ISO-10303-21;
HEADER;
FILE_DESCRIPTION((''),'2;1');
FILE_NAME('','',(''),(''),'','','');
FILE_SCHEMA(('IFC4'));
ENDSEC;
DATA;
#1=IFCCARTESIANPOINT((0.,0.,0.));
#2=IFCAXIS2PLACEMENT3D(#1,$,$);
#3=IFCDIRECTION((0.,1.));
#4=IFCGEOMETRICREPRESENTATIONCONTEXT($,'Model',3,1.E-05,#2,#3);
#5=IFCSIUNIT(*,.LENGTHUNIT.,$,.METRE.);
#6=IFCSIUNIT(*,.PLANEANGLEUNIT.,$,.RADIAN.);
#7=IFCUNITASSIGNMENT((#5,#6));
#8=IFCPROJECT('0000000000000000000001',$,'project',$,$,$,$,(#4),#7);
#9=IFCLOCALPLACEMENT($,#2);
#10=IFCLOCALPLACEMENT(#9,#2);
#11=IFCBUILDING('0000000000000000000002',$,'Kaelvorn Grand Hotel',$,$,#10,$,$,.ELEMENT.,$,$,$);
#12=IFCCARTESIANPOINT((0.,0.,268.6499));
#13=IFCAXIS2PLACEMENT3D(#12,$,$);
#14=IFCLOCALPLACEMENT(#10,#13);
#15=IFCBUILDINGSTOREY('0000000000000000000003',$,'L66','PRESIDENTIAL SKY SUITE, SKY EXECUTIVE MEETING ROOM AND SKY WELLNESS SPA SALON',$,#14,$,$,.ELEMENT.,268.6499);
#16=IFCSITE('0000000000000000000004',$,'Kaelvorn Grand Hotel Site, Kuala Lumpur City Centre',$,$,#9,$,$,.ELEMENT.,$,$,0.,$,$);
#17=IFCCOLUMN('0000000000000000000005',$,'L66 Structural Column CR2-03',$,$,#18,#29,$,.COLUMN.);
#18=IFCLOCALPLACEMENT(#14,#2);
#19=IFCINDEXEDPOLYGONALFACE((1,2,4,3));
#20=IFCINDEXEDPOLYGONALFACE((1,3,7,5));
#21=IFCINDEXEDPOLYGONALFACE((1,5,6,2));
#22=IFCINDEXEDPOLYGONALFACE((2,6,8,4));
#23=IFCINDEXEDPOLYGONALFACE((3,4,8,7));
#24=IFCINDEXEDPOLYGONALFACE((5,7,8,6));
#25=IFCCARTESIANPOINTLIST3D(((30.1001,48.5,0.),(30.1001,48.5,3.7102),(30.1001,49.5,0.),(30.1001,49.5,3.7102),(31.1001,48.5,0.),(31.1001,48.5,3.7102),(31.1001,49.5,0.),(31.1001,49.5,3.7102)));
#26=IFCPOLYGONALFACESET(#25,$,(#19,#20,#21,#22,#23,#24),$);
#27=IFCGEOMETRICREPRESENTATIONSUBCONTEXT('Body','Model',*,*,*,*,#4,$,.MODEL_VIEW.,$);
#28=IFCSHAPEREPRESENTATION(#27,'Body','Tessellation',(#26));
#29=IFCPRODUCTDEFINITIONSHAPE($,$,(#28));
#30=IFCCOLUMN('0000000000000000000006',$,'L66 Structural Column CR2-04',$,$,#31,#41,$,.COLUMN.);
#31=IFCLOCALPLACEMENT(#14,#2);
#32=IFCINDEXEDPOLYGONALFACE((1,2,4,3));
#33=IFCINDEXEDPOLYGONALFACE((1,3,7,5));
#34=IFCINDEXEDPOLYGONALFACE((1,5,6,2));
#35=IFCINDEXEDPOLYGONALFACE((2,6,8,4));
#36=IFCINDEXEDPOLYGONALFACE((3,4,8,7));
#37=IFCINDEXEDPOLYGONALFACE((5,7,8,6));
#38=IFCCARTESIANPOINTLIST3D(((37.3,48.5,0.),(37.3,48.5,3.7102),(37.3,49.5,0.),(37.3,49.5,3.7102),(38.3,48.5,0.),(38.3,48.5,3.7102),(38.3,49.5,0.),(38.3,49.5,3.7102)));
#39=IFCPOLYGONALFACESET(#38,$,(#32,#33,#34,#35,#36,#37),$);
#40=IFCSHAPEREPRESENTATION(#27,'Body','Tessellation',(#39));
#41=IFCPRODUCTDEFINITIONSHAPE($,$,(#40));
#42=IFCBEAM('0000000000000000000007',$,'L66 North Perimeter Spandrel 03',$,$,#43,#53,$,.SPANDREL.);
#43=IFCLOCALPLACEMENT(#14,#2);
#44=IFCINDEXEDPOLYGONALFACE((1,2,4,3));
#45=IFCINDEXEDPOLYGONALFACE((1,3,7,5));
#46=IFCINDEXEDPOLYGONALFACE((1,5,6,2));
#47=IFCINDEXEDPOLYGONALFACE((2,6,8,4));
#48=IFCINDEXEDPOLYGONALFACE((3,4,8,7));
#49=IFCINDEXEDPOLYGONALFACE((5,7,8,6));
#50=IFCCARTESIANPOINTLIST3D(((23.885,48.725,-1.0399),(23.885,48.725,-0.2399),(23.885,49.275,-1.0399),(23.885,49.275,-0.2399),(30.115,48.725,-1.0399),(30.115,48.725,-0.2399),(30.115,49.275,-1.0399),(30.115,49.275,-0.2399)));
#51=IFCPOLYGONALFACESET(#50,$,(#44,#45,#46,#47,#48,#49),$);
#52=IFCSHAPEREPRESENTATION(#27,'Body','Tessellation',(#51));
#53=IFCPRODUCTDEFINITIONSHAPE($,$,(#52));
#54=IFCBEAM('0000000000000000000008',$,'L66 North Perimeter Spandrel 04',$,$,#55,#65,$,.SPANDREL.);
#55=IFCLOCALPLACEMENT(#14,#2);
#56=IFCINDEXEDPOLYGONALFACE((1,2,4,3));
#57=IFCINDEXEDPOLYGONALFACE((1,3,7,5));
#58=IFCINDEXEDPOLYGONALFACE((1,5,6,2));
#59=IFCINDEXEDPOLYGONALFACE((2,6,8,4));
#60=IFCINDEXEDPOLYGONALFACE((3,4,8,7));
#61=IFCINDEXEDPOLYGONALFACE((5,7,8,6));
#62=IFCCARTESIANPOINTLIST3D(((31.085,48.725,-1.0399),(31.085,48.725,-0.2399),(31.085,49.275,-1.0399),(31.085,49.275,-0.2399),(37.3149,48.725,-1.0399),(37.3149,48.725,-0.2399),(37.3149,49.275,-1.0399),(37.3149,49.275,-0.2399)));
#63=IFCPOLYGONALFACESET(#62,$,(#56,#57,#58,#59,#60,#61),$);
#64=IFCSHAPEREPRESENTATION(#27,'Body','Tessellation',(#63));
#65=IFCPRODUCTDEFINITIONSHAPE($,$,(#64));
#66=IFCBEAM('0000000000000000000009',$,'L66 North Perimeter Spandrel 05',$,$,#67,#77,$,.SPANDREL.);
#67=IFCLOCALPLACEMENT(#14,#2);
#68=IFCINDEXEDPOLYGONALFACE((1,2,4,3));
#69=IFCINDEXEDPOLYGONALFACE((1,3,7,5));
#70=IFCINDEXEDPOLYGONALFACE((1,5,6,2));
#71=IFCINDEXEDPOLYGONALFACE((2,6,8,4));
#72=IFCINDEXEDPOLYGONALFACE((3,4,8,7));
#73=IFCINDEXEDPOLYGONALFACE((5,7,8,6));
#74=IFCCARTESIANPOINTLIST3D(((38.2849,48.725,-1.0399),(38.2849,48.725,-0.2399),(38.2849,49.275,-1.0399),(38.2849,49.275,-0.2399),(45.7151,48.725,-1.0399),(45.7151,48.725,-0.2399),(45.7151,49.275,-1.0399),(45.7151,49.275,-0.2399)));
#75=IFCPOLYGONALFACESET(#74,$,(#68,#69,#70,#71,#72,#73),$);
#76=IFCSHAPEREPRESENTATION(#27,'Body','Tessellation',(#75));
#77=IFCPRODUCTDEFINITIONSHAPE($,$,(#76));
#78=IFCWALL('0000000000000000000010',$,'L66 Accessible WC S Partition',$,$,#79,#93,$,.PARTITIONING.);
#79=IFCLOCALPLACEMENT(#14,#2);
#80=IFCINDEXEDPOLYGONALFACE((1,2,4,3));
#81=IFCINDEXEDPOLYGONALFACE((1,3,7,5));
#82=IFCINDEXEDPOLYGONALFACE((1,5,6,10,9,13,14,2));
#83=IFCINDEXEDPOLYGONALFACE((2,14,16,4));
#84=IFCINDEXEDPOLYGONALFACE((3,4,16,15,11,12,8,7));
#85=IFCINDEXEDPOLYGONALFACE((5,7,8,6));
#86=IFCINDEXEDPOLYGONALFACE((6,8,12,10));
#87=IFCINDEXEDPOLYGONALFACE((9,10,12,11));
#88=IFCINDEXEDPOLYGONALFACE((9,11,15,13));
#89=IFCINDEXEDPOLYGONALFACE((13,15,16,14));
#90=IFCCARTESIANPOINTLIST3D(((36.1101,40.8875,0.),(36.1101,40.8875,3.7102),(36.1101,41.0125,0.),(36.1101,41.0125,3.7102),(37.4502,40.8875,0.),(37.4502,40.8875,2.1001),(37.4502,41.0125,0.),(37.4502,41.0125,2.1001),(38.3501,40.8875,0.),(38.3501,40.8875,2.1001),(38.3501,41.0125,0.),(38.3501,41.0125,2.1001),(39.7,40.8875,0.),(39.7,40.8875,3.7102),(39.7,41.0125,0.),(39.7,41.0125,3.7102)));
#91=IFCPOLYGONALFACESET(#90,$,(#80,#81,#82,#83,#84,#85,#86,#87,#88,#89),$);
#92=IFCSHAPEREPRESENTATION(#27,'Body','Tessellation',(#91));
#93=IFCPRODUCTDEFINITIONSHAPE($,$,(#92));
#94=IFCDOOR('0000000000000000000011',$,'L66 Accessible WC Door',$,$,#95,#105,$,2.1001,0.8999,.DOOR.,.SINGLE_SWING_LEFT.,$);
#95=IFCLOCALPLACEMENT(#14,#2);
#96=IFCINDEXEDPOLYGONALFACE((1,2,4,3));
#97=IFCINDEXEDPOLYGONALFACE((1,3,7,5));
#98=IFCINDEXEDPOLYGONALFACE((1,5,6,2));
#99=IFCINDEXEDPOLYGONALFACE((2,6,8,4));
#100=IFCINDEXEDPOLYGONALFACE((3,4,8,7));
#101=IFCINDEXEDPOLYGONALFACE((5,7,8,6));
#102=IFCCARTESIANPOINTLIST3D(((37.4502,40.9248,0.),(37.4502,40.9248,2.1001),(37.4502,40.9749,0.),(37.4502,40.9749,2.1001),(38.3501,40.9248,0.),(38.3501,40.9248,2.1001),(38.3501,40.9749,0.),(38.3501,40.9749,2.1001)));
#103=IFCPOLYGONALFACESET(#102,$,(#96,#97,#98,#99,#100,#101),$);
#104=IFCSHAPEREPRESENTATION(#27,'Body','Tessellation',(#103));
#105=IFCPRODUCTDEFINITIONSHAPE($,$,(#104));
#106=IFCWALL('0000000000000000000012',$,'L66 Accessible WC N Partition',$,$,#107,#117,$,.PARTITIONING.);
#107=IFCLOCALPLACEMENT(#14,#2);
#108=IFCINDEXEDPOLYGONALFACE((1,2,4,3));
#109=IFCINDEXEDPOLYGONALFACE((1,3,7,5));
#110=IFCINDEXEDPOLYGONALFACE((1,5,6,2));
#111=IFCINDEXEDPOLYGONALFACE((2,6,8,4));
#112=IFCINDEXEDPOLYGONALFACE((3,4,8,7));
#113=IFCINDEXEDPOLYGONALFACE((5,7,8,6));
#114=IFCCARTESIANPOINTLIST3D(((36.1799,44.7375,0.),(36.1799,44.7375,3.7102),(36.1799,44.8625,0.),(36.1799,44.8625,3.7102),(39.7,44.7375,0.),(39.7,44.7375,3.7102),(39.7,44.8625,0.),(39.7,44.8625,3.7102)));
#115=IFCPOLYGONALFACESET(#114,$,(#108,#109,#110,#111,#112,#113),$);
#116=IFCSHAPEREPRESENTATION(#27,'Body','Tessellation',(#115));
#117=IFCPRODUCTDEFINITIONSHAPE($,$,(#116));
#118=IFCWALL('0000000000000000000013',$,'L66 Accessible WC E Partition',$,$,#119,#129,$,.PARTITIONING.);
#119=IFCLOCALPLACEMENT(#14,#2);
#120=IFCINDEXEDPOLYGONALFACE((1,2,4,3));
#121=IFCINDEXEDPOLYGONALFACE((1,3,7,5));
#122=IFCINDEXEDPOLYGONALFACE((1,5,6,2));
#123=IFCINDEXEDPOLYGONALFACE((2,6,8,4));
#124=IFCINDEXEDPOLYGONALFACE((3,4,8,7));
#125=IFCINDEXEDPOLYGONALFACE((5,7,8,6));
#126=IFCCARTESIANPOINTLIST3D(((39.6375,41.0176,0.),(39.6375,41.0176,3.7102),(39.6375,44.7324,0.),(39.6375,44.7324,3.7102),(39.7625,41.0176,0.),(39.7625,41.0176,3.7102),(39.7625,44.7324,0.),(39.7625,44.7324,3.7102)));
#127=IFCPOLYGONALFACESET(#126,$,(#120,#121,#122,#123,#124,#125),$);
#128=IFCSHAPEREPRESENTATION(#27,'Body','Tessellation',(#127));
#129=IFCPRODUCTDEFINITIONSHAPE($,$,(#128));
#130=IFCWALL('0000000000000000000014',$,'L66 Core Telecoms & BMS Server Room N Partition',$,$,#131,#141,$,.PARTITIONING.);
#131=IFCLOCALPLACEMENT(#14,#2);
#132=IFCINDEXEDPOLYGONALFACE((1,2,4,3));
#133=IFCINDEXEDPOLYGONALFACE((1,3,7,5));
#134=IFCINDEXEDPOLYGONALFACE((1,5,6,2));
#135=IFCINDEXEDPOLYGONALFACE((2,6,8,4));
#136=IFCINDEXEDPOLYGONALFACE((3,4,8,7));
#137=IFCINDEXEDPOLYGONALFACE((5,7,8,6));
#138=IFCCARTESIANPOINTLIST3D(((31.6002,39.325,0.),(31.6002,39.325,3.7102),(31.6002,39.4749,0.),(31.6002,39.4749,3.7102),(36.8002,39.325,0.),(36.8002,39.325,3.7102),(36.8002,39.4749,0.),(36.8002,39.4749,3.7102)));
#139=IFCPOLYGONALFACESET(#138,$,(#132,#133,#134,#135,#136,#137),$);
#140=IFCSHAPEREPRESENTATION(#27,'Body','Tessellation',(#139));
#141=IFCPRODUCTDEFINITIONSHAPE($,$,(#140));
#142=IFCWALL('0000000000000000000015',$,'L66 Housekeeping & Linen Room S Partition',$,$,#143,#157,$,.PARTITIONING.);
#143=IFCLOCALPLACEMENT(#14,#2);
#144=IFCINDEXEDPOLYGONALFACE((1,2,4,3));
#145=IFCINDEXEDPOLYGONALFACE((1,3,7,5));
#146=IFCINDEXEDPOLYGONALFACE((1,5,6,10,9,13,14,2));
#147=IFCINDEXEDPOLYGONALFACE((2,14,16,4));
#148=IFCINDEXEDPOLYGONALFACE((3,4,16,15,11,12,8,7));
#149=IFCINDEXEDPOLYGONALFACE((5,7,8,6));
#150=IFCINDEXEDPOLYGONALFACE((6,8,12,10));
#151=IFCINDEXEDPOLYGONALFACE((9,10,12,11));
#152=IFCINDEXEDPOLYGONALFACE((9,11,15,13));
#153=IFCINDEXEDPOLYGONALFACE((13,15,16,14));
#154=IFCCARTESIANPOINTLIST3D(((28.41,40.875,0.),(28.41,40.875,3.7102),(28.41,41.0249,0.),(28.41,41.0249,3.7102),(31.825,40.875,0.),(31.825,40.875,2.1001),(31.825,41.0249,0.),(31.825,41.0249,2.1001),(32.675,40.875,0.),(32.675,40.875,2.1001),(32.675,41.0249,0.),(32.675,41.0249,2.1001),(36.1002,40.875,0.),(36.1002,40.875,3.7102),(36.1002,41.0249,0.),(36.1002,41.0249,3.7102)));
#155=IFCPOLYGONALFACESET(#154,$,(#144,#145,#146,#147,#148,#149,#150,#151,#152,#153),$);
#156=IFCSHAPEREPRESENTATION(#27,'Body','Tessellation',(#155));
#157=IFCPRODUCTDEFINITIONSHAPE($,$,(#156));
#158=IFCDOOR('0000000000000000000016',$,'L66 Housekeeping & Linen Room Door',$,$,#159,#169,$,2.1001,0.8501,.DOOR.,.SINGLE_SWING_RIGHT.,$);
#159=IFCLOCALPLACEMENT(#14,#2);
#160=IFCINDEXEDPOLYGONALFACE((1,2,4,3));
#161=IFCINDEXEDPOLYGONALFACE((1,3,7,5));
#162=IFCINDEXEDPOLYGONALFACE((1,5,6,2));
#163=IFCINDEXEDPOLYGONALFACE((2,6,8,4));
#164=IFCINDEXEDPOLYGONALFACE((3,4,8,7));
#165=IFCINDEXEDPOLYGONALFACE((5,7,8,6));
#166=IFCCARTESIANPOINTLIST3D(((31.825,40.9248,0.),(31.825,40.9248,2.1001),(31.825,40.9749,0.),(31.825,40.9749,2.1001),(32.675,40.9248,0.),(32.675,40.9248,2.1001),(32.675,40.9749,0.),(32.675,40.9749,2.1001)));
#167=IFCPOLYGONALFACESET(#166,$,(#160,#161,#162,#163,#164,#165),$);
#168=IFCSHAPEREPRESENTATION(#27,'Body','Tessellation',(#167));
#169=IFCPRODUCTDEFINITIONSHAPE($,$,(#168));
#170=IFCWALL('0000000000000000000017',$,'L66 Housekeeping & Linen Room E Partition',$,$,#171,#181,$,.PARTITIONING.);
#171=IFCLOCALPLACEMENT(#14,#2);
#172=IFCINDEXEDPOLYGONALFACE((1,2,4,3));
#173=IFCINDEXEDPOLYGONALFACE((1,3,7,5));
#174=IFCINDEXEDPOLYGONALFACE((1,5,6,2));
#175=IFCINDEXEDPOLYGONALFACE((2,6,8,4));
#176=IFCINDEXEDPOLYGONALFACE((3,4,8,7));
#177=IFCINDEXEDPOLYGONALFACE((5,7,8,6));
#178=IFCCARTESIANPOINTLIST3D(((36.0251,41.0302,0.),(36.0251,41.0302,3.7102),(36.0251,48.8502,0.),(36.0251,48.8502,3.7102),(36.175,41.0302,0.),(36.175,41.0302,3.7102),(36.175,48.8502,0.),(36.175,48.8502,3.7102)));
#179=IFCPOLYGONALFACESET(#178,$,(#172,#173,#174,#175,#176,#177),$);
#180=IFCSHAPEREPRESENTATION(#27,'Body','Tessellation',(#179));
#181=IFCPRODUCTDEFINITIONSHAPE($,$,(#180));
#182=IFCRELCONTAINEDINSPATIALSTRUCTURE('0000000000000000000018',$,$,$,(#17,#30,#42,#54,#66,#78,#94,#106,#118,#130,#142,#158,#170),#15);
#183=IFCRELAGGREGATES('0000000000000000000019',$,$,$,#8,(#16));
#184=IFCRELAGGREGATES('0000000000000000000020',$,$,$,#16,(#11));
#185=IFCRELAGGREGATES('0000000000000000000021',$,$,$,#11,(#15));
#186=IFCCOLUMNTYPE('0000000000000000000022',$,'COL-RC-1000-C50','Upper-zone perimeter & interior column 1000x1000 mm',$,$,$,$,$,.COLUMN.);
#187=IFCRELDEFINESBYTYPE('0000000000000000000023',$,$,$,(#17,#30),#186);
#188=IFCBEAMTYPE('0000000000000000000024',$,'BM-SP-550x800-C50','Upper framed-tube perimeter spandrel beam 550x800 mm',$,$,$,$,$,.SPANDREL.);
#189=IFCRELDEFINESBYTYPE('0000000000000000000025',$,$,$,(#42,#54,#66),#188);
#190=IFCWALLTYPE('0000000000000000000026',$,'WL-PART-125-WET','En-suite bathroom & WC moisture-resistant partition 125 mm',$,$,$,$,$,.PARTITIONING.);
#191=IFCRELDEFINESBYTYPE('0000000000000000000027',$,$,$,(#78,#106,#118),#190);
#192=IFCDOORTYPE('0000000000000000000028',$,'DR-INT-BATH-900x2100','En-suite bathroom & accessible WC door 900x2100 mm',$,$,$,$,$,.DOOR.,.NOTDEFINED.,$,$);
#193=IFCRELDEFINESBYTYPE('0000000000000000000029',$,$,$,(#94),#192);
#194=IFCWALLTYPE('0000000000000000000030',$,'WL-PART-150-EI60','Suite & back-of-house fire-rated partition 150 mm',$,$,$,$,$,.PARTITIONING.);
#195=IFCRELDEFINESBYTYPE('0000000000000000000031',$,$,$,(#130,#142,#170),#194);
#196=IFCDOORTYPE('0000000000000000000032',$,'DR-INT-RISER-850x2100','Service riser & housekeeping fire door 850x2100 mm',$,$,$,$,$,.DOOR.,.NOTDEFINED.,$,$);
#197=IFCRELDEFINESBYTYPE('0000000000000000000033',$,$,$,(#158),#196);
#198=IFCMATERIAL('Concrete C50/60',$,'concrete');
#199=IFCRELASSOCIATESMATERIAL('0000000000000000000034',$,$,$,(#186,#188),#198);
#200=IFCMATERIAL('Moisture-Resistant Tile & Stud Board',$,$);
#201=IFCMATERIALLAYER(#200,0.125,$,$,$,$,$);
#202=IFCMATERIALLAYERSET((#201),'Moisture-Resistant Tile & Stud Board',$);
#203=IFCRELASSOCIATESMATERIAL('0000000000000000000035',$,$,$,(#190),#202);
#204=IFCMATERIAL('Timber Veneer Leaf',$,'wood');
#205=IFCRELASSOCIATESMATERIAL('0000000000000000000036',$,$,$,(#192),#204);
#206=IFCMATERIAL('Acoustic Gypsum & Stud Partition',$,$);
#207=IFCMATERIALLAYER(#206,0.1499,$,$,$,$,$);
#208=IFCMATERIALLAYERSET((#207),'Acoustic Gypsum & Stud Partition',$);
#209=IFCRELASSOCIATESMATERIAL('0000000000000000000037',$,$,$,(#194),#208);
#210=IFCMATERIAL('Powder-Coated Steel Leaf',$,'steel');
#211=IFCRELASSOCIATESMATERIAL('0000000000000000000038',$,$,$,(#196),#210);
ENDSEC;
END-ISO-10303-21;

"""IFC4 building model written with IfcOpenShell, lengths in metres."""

from ifc_helpers import new_model, si_unit, direction, frame, frame_2d, origin, origin_2d, place, context, subcontext, project, spatial, rectangle, extrude, material, layer, layer_set, material_profile, profile_set, type_object, element, fill, save


model = new_model("IFC4")

# Units and contexts
model_context = context("Model", 3, precision=1e-05, world=origin(), true_north=direction((0.0, 1.0)))
body_context = subcontext(model_context, "Body", "Model", "MODEL_VIEW")
ifc_project = project(units=[si_unit("LENGTHUNIT", "METRE"), si_unit("PLANEANGLEUNIT", "RADIAN")], contexts=[model_context])

# Site, building, storey
site_placement = place(None, origin())
site = spatial("IfcSite", under=ifc_project, at=site_placement, Name="Kaelvorn Grand Hotel Site, Kuala Lumpur City Centre", CompositionType="ELEMENT", RefElevation=0.0)
building_placement = place(site_placement, origin())
building = spatial("IfcBuilding", under=site, at=building_placement, Name="Kaelvorn Grand Hotel", CompositionType="ELEMENT")
storey_placement = place(building_placement, frame((0.0, 0.0, 268.6499)))
storey = spatial("IfcBuildingStorey", under=building, at=storey_placement, Name="L66", Description="PRESIDENTIAL SKY SUITE, SKY EXECUTIVE MEETING ROOM AND SKY WELLNESS SPA SALON", CompositionType="ELEMENT", Elevation=268.6499)

# Columns
ifc_material_1 = material(Name="Concrete C50/60", Category="concrete")
ifc_material_profile_1 = material_profile(ifc_material_1, rectangle(XDim=1.0, YDim=1.0, at=origin_2d()), Name="RC COL 1000x1000")
ifc_profile_set_1 = profile_set([ifc_material_profile_1], Name="Concrete C50/60")
column_type = type_object("IfcColumnType", Name="COL-RC-1000-C50", Description="Upper-zone perimeter & interior column 1000x1000 mm", PredefinedType="COLUMN", material=ifc_profile_set_1)
for number, where, z_axis, x_axis, name in (
    (1, (30.6001, 49.0, 0.0), (0.0, 0.0, 1.0), (1.0, 0.0, 0.0), "L66 Structural Column CR2-03"),
    (2, (37.8, 49.0, 0.0), (0.0, 0.0, 1.0), (1.0, 0.0, 0.0), "L66 Structural Column CR2-04"),
):
    element("IfcColumn", number, at=place(storey_placement, frame(where, z_axis=z_axis, x_axis=x_axis)), inside=storey, type_object=column_type, Name=name, PredefinedType="COLUMN", context=body_context, shape_type="SweptSolid", body=[
        extrude(rectangle(XDim=1.0, YDim=1.0, at=origin_2d()), origin(), (0.0, 0.0, 1.0), 3.7102),
    ])

# Beams
ifc_material_profile_2 = material_profile(ifc_material_1, rectangle(XDim=0.55, YDim=0.8, at=origin_2d()), Name="RC SPANDREL 550x800")
ifc_profile_set_2 = profile_set([ifc_material_profile_2], Name="Concrete C50/60")
beam_type = type_object("IfcBeamType", Name="BM-SP-550x800-C50", Description="Upper framed-tube perimeter spandrel beam 550x800 mm", PredefinedType="SPANDREL", material=ifc_profile_set_2)
for number, where, z_axis, x_axis, name in (
    (3, (23.885, 49.0, -0.6399), (1.0, 0.0, 0.0), (0.0, 1.0, 0.0), "L66 North Perimeter Spandrel 03"),
    (4, (31.085, 49.0, -0.6399), (1.0, 0.0, 0.0), (0.0, 1.0, 0.0), "L66 North Perimeter Spandrel 04"),
):
    element("IfcBeam", number, at=place(storey_placement, frame(where, z_axis=z_axis, x_axis=x_axis)), inside=storey, type_object=beam_type, Name=name, PredefinedType="SPANDREL", context=body_context, shape_type="SweptSolid", body=[
        extrude(rectangle(XDim=0.55, YDim=0.8, at=origin_2d()), origin(), (0.0, 0.0, 1.0), 6.23),
    ])
beam_placement = place(storey_placement, frame((38.2849, 49.0, -0.6399), z_axis=(1.0, 0.0, 0.0), x_axis=(0.0, 1.0, 0.0)))
element("IfcBeam", 5, at=beam_placement, inside=storey, type_object=beam_type, Name="L66 North Perimeter Spandrel 05", PredefinedType="SPANDREL", context=body_context, shape_type="SweptSolid", body=[
    extrude(rectangle(XDim=0.55, YDim=0.8, at=origin_2d()), origin(), (0.0, 0.0, 1.0), 7.4302),
])

# Wall, opening, door
ifc_material_2 = material(Name="Moisture-Resistant Tile & Stud Board")
ifc_layer_1 = layer(ifc_material_2, 0.125)
ifc_layer_set_1 = layer_set([ifc_layer_1], Name="Moisture-Resistant Tile & Stud Board")
wall_type_1 = type_object("IfcWallType", Name="WL-PART-125-WET", Description="En-suite bathroom & WC moisture-resistant partition 125 mm", PredefinedType="PARTITIONING", material=ifc_layer_set_1)
wall_1_placement = place(storey_placement, frame((36.1101, 40.95, 0.0), z_axis=(0.0, 0.0, 1.0), x_axis=(1.0, 0.0, 0.0)))
wall_1 = element("IfcWall", 6, at=wall_1_placement, inside=storey, type_object=wall_type_1, Name="L66 Accessible WC S Partition", PredefinedType="PARTITIONING", context=body_context, shape_type="SweptSolid", body=[
    extrude(rectangle(XDim=3.5898, YDim=0.125, at=frame_2d((1.7949, 0.0))), origin(), (0.0, 0.0, 1.0), 3.7102),
])
opening_1_placement = place(wall_1_placement, frame((1.3401, 0.0, 0.0)))
opening_1 = element("IfcOpeningElement", 7, at=opening_1_placement, cuts=wall_1, PredefinedType="OPENING", context=body_context, shape_type="SweptSolid", body=[
    extrude(rectangle(XDim=0.8999, YDim=2.1001, at=frame_2d((0.45, 1.05))), frame((0.0, 0.0725, 0.0), z_axis=(0.0, -1.0, 0.0), x_axis=(1.0, 0.0, 0.0)), (0.0, 0.0, 1.0), 0.145),
])
ifc_material_3 = material(Name="Timber Veneer Leaf", Category="wood")
door_type_1 = type_object("IfcDoorType", Name="DR-INT-BATH-900x2100", Description="En-suite bathroom & accessible WC door 900x2100 mm", OperationType="NOTDEFINED", PredefinedType="DOOR", material=ifc_material_3)
door_1_placement = place(opening_1_placement, origin())
door_1 = element("IfcDoor", 8, at=door_1_placement, inside=storey, type_object=door_type_1, Name="L66 Accessible WC Door", OperationType="SINGLE_SWING_LEFT", OverallHeight=2.1001, OverallWidth=0.8999, PredefinedType="DOOR", context=body_context, shape_type="SweptSolid", body=[
    extrude(rectangle(XDim=0.8999, YDim=2.1001, at=frame_2d((0.45, 1.05))), frame((0.0, 0.0249, 0.0), z_axis=(0.0, -1.0, 0.0), x_axis=(1.0, 0.0, 0.0)), (0.0, 0.0, 1.0), 0.05),
])
fill(opening_1, door_1)

# Walls
wall_2_placement = place(storey_placement, frame((36.1799, 44.8, 0.0), z_axis=(0.0, 0.0, 1.0), x_axis=(1.0, 0.0, 0.0)))
element("IfcWall", 9, at=wall_2_placement, inside=storey, type_object=wall_type_1, Name="L66 Accessible WC N Partition", PredefinedType="PARTITIONING", context=body_context, shape_type="SweptSolid", body=[
    extrude(rectangle(XDim=3.52, YDim=0.125, at=frame_2d((1.76, 0.0))), origin(), (0.0, 0.0, 1.0), 3.7102),
])
wall_3_placement = place(storey_placement, frame((39.7, 41.0176, 0.0), z_axis=(0.0, 0.0, 1.0), x_axis=(0.0, 1.0, 0.0)))
element("IfcWall", 10, at=wall_3_placement, inside=storey, type_object=wall_type_1, Name="L66 Accessible WC E Partition", PredefinedType="PARTITIONING", context=body_context, shape_type="SweptSolid", body=[
    extrude(rectangle(XDim=3.7148, YDim=0.125, at=frame_2d((1.8574, 0.0))), origin(), (0.0, 0.0, 1.0), 3.7102),
])
ifc_material_4 = material(Name="Acoustic Gypsum & Stud Partition")
ifc_layer_2 = layer(ifc_material_4, 0.1499)
ifc_layer_set_2 = layer_set([ifc_layer_2], Name="Acoustic Gypsum & Stud Partition")
wall_type_2 = type_object("IfcWallType", Name="WL-PART-150-EI60", Description="Suite & back-of-house fire-rated partition 150 mm", PredefinedType="PARTITIONING", material=ifc_layer_set_2)
wall_4_placement = place(storey_placement, frame((31.6001, 39.3999, 0.0), z_axis=(0.0, 0.0, 1.0), x_axis=(1.0, 0.0, 0.0)))
element("IfcWall", 11, at=wall_4_placement, inside=storey, type_object=wall_type_2, Name="L66 Core Telecoms & BMS Server Room N Partition", PredefinedType="PARTITIONING", context=body_context, shape_type="SweptSolid", body=[
    extrude(rectangle(XDim=5.2, YDim=0.1499, at=frame_2d((2.6001, 0.0))), origin(), (0.0, 0.0, 1.0), 3.7102),
])

# Wall, opening, door
wall_5_placement = place(storey_placement, frame((28.4099, 40.95, 0.0), z_axis=(0.0, 0.0, 1.0), x_axis=(1.0, 0.0, 0.0)))
wall_5 = element("IfcWall", 12, at=wall_5_placement, inside=storey, type_object=wall_type_2, Name="L66 Housekeeping & Linen Room S Partition", PredefinedType="PARTITIONING", context=body_context, shape_type="SweptSolid", body=[
    extrude(rectangle(XDim=7.6902, YDim=0.1499, at=frame_2d((3.8452, 0.0))), origin(), (0.0, 0.0, 1.0), 3.7102),
])
opening_2_placement = place(wall_5_placement, frame((3.415, 0.0, 0.0)))
opening_2 = element("IfcOpeningElement", 13, at=opening_2_placement, cuts=wall_5, PredefinedType="OPENING", context=body_context, shape_type="SweptSolid", body=[
    extrude(rectangle(XDim=0.8501, YDim=2.1001, at=frame_2d((0.425, 1.05))), frame((0.0, 0.085, 0.0), z_axis=(0.0, -1.0, 0.0), x_axis=(1.0, 0.0, 0.0)), (0.0, 0.0, 1.0), 0.1699),
])
ifc_material_5 = material(Name="Powder-Coated Steel Leaf", Category="steel")
door_type_2 = type_object("IfcDoorType", Name="DR-INT-RISER-850x2100", Description="Service riser & housekeeping fire door 850x2100 mm", OperationType="NOTDEFINED", PredefinedType="DOOR", material=ifc_material_5)
door_2_placement = place(opening_2_placement, origin())
door_2 = element("IfcDoor", 14, at=door_2_placement, inside=storey, type_object=door_type_2, Name="L66 Housekeeping & Linen Room Door", OperationType="SINGLE_SWING_RIGHT", OverallHeight=2.1001, OverallWidth=0.8501, PredefinedType="DOOR", context=body_context, shape_type="SweptSolid", body=[
    extrude(rectangle(XDim=0.8501, YDim=2.1001, at=frame_2d((0.425, 1.05))), frame((0.0, 0.0249, 0.0), z_axis=(0.0, -1.0, 0.0), x_axis=(1.0, 0.0, 0.0)), (0.0, 0.0, 1.0), 0.05),
])
fill(opening_2, door_2)

# Wall
wall_6_placement = place(storey_placement, frame((36.1001, 41.03, 0.0), z_axis=(0.0, 0.0, 1.0), x_axis=(0.0, 1.0, 0.0)))
element("IfcWall", 15, at=wall_6_placement, inside=storey, type_object=wall_type_2, Name="L66 Housekeeping & Linen Room E Partition", PredefinedType="PARTITIONING", context=body_context, shape_type="SweptSolid", body=[
    extrude(rectangle(XDim=7.8201, YDim=0.1499, at=frame_2d((3.9102, 0.0))), origin(), (0.0, 0.0, 1.0), 3.7102),
])

save(model, "model.ifc")
